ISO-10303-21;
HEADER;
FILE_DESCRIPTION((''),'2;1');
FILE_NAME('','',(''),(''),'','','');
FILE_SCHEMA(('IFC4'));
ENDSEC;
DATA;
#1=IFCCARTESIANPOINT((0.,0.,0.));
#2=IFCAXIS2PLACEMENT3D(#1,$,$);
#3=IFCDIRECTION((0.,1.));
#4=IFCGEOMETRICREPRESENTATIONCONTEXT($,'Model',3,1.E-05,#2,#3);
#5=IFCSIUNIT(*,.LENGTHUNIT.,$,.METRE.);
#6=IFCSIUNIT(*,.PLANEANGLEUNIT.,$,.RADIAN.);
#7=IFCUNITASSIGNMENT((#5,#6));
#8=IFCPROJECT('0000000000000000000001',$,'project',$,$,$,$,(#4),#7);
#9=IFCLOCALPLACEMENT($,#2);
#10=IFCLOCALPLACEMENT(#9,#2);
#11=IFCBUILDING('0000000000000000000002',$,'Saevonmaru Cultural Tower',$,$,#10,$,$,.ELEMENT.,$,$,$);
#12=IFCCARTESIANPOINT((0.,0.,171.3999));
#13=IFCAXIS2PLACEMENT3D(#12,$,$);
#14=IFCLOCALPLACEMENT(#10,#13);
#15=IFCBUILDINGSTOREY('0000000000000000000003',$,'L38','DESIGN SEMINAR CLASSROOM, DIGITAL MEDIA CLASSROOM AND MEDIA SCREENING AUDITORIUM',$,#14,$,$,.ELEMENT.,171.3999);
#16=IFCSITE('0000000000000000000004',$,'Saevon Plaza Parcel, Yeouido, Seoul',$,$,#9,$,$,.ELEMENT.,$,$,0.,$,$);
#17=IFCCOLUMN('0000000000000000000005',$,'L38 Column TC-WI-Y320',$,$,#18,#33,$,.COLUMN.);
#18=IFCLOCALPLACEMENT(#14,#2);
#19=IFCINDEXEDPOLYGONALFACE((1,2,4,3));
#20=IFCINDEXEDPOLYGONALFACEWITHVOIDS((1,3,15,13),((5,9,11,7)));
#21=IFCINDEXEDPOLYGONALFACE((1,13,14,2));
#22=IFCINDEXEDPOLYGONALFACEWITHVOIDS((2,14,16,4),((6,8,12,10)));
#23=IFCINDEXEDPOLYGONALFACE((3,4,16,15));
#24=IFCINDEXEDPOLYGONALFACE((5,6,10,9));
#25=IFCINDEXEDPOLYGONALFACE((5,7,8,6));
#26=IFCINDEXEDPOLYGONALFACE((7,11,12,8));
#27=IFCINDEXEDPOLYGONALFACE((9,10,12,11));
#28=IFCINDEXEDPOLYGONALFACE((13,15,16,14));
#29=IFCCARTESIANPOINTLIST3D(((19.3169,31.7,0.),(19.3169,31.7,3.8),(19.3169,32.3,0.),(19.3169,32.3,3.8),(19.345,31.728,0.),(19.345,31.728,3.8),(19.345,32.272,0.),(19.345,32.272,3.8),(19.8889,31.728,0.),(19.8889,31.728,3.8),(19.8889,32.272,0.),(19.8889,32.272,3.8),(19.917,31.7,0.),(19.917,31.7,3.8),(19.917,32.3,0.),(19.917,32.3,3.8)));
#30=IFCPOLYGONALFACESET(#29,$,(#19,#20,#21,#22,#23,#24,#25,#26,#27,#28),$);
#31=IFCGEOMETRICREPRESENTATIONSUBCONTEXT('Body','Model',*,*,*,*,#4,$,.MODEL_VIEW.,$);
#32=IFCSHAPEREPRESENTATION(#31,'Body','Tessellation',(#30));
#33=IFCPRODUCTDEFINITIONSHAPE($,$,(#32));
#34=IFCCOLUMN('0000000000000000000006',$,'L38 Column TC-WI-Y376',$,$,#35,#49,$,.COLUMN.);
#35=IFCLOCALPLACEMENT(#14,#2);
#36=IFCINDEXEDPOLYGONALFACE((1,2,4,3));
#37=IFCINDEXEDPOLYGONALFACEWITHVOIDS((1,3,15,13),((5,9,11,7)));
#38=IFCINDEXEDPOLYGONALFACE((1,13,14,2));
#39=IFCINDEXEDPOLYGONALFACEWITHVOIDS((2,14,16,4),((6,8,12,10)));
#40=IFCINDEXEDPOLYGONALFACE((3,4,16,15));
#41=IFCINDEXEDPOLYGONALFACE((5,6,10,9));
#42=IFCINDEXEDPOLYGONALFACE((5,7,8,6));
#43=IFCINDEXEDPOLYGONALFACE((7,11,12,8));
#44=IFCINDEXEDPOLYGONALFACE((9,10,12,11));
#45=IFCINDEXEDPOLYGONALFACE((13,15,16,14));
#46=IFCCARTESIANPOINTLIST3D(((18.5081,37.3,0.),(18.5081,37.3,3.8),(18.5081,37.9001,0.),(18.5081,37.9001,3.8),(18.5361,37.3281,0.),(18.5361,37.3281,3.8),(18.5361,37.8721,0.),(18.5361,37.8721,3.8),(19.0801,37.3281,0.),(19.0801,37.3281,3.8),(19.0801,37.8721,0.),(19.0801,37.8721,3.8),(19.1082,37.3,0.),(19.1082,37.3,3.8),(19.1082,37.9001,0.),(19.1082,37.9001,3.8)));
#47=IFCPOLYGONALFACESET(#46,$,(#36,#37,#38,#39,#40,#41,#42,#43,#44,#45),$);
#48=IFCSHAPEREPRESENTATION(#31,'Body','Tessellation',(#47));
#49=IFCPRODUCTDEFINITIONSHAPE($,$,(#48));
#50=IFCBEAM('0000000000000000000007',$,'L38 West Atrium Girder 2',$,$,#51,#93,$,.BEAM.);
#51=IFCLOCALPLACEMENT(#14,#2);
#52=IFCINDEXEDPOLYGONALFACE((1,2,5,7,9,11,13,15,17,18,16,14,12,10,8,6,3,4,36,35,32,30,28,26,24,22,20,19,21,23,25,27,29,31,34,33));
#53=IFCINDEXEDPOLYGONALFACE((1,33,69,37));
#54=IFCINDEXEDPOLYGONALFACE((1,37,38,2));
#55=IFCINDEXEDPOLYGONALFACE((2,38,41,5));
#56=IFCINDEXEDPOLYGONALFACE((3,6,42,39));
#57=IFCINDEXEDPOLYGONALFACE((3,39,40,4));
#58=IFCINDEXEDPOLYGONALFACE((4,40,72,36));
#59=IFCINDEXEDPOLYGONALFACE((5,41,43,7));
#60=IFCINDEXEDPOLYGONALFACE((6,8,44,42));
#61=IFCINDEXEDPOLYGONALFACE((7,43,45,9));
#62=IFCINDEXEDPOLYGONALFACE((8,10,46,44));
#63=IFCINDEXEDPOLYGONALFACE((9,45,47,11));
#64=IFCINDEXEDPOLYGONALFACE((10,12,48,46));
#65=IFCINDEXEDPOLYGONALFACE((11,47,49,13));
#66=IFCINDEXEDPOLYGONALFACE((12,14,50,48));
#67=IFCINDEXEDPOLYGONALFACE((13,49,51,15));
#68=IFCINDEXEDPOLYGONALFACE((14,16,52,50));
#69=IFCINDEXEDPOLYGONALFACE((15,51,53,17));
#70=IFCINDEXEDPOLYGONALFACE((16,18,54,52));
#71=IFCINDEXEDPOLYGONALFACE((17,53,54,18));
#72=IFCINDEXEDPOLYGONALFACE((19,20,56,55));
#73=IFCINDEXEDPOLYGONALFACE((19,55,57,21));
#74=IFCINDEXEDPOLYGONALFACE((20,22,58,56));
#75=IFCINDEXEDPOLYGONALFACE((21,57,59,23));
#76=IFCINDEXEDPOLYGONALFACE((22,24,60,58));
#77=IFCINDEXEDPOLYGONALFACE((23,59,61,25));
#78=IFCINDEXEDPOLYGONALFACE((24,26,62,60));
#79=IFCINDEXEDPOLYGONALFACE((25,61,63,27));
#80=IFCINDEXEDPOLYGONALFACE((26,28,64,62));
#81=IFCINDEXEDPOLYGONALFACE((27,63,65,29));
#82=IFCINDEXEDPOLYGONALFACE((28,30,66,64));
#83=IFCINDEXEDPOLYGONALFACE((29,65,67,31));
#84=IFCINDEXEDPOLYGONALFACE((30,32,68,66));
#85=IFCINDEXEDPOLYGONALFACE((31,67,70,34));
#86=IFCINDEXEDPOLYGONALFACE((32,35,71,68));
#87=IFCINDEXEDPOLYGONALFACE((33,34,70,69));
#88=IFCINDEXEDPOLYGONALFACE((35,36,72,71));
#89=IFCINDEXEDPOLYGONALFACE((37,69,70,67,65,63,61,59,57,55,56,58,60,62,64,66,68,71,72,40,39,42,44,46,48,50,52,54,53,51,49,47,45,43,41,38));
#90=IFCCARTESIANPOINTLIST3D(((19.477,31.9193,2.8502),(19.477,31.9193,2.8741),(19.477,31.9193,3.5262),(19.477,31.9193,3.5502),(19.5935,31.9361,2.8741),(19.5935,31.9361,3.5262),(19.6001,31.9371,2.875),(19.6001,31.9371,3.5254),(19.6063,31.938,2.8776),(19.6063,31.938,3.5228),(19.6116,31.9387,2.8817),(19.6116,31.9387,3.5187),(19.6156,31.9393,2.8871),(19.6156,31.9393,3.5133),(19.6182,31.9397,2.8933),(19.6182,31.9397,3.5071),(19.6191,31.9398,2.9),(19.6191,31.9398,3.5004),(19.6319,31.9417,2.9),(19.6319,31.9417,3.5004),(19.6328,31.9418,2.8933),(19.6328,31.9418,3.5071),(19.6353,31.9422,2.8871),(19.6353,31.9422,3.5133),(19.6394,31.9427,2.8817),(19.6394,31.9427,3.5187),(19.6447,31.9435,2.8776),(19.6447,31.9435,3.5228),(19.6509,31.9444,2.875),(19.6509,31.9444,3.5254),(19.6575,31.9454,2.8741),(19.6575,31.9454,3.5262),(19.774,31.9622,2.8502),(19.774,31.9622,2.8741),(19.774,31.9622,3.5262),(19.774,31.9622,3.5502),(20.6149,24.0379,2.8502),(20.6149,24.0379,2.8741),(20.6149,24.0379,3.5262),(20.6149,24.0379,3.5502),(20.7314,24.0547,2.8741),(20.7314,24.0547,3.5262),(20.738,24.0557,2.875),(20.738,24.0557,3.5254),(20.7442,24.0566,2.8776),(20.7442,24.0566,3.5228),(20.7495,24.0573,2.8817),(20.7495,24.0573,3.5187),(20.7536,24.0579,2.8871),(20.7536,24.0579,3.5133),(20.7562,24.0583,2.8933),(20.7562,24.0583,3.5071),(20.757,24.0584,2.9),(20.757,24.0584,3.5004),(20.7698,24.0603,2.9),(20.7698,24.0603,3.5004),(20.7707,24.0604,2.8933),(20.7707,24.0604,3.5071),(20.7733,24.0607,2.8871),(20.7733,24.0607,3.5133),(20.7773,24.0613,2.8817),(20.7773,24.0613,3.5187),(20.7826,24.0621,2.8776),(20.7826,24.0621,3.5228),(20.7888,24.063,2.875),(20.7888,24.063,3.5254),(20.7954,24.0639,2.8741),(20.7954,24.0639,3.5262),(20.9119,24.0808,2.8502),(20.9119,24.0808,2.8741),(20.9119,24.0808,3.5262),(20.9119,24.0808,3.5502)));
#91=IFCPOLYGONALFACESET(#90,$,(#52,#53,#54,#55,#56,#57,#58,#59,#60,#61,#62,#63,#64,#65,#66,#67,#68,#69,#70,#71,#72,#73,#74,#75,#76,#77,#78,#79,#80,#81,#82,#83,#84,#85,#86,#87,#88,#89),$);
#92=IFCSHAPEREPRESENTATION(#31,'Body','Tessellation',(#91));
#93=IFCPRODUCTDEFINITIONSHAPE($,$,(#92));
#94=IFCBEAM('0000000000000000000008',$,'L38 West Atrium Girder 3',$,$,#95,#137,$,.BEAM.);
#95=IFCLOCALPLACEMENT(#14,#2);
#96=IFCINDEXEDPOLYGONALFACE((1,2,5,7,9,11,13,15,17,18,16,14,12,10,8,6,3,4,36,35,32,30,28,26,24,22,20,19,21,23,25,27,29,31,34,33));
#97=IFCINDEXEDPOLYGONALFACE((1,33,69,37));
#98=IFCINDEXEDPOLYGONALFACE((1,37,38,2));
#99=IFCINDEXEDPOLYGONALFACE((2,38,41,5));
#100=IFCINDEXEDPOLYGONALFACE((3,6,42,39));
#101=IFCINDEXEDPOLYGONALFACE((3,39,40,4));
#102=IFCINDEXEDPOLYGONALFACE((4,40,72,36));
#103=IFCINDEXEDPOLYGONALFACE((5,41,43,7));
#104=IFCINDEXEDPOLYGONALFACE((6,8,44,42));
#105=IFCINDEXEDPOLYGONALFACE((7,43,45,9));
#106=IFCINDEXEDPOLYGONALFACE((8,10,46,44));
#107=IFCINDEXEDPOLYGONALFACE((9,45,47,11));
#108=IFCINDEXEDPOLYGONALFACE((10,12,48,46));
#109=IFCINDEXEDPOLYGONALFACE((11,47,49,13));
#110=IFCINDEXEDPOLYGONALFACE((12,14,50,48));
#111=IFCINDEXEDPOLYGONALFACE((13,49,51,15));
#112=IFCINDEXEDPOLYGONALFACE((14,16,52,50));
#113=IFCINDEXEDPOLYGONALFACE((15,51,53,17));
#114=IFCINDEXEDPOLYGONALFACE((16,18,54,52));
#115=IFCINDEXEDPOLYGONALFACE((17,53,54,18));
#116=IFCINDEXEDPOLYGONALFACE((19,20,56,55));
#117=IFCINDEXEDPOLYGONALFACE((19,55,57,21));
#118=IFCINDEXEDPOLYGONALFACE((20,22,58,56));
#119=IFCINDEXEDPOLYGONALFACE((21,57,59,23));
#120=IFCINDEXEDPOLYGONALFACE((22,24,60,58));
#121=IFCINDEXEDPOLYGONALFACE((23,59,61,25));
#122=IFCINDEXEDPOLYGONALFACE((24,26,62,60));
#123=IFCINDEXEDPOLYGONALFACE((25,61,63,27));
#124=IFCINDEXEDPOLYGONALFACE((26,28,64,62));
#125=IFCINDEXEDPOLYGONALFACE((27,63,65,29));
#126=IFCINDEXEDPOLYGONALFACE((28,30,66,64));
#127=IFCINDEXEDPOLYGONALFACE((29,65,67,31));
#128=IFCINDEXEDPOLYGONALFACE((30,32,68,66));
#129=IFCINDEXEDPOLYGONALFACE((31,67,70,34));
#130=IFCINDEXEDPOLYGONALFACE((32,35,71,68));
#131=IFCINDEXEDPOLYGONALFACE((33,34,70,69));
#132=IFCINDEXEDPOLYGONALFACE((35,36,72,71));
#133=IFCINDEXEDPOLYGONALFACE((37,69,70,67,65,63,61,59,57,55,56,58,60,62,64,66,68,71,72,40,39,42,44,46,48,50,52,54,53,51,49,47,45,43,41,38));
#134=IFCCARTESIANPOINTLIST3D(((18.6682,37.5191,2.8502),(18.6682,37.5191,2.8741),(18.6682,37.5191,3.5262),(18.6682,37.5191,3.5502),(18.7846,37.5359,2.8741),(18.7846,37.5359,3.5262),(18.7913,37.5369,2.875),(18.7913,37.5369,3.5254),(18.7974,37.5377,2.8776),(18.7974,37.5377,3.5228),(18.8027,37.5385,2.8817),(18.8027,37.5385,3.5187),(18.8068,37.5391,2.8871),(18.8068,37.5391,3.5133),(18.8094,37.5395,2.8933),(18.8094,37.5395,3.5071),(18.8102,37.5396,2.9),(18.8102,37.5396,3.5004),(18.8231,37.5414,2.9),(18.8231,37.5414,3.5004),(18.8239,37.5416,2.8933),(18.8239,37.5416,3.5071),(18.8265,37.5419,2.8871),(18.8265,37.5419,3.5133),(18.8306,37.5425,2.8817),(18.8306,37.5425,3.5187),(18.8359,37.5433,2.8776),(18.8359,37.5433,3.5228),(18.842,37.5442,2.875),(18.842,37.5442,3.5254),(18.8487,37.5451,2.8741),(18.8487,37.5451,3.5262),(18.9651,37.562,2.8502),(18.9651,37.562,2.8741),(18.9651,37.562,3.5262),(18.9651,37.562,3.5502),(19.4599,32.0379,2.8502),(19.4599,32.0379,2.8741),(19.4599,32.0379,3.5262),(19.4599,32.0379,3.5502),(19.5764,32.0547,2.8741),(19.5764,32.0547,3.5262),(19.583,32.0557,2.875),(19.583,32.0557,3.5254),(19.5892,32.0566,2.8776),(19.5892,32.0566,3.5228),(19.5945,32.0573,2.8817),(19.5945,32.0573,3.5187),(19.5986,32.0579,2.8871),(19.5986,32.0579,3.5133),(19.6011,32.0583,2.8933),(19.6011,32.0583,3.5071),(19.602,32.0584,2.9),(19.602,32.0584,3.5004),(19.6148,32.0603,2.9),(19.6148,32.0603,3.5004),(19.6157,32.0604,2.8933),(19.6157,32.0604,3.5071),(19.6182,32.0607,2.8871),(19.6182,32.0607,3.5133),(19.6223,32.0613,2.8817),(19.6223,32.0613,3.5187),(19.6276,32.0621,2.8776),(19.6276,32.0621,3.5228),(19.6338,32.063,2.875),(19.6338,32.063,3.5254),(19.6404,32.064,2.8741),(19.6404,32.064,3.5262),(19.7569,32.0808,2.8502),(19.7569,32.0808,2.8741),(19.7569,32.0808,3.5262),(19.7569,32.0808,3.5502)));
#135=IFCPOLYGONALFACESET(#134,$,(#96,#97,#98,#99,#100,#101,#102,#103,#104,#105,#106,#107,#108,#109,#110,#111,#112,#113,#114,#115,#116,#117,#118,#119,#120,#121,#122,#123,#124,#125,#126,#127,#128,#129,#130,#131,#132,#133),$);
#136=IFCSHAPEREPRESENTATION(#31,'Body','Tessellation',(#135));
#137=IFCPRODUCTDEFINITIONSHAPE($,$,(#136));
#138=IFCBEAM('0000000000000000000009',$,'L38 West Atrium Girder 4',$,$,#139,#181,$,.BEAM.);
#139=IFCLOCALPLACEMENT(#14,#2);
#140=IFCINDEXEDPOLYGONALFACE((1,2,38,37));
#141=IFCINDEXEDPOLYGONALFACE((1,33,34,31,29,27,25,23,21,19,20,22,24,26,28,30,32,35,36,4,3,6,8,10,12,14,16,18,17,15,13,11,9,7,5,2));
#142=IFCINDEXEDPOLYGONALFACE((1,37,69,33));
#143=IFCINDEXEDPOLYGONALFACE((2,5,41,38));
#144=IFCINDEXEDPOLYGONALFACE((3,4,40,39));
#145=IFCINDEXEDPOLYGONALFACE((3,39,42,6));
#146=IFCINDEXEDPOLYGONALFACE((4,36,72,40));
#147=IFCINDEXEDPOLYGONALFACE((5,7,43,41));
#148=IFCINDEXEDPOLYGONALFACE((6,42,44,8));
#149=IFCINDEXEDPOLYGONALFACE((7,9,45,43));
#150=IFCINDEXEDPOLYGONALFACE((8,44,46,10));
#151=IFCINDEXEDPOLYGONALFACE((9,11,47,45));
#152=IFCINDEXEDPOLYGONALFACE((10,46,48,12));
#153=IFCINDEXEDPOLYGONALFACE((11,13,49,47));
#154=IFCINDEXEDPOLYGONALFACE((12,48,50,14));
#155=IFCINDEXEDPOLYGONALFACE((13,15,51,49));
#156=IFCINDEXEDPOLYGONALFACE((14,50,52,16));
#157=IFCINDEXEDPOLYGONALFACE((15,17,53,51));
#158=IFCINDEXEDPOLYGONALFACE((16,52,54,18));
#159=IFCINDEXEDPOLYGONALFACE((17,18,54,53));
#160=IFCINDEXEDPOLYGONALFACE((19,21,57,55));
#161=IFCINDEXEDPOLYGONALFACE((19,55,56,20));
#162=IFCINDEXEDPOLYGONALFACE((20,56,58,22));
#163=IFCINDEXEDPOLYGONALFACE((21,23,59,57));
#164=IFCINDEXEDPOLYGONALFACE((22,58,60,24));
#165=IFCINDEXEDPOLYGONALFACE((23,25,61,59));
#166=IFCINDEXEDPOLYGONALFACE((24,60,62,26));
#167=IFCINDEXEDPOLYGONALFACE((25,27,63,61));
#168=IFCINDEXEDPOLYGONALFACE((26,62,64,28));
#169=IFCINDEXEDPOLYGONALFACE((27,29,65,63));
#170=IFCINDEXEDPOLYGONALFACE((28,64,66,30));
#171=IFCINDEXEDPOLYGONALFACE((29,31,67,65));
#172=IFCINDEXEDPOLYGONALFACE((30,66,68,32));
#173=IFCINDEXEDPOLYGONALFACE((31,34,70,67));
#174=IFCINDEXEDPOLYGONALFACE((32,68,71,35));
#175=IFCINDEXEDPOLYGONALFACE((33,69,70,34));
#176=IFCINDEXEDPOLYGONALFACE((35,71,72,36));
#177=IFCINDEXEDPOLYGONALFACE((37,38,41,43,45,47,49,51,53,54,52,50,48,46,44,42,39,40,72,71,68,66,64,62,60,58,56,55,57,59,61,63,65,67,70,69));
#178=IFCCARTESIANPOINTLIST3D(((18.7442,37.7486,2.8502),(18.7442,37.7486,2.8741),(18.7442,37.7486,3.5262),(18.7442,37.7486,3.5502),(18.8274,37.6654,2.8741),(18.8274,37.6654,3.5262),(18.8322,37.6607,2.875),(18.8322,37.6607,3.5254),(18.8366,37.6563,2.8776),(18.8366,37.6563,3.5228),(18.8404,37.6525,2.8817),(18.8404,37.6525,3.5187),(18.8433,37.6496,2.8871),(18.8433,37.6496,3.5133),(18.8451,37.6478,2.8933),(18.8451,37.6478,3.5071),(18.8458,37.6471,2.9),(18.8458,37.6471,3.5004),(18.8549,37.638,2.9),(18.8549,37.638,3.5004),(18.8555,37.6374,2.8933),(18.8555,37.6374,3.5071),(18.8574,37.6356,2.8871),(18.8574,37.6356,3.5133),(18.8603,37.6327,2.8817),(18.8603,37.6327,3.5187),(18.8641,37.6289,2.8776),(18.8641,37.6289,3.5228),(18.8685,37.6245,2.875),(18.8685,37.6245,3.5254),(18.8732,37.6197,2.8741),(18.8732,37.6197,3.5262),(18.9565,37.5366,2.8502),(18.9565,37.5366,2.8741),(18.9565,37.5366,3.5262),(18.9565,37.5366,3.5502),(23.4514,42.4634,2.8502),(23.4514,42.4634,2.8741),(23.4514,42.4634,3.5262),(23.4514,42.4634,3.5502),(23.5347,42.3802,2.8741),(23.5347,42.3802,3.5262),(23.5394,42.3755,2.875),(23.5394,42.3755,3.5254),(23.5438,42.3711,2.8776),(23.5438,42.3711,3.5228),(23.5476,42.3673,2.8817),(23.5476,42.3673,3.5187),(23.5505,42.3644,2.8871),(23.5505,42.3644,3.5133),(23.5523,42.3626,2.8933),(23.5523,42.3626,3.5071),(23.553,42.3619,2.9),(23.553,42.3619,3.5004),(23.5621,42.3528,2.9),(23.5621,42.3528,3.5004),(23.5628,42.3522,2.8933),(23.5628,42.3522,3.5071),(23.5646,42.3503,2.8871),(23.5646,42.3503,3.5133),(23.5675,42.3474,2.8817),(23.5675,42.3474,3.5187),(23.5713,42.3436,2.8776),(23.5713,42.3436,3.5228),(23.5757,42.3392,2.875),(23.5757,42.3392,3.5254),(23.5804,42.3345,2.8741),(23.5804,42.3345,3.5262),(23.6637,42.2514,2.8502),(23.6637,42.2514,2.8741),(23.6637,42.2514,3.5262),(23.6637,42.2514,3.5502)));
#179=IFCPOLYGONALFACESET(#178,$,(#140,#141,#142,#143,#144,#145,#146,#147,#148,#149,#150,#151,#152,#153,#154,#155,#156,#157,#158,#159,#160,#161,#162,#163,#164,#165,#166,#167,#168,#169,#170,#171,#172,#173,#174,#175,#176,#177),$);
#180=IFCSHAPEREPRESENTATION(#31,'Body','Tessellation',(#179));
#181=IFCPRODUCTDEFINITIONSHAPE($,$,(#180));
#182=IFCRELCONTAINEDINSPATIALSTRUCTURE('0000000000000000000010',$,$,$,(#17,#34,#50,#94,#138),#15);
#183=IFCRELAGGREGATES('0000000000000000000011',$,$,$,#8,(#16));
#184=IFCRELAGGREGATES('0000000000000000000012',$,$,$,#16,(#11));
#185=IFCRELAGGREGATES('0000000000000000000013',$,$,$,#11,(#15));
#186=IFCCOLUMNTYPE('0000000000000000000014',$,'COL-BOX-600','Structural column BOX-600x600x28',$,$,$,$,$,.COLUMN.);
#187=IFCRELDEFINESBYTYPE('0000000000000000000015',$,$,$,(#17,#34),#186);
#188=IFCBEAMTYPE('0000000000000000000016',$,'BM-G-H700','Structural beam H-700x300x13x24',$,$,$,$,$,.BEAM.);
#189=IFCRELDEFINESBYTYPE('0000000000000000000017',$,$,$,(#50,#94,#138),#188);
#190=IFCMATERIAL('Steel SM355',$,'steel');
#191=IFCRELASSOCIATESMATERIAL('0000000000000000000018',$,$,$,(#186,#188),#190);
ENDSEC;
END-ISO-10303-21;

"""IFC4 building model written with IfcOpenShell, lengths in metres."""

from ifc_helpers import new_model, si_unit, direction, frame, origin, origin_2d, place, context, subcontext, project, spatial, hollow_rectangle, i_section, extrude, material, material_profile, profile_set, type_object, element, save


model = new_model("IFC4")

# Units and contexts
model_context = context("Model", 3, precision=1e-05, world=origin(), true_north=direction((0.0, 1.0)))
body_context = subcontext(model_context, "Body", "Model", "MODEL_VIEW")
ifc_project = project(units=[si_unit("LENGTHUNIT", "METRE"), si_unit("PLANEANGLEUNIT", "RADIAN")], contexts=[model_context])

# Site, building, storey
site_placement = place(None, origin())
site = spatial("IfcSite", under=ifc_project, at=site_placement, Name="Saevon Plaza Parcel, Yeouido, Seoul", CompositionType="ELEMENT", RefElevation=0.0)
building_placement = place(site_placement, origin())
building = spatial("IfcBuilding", under=site, at=building_placement, Name="Saevonmaru Cultural Tower", CompositionType="ELEMENT")
storey_placement = place(building_placement, frame((0.0, 0.0, 171.3999)))
storey = spatial("IfcBuildingStorey", under=building, at=storey_placement, Name="L38", Description="DESIGN SEMINAR CLASSROOM, DIGITAL MEDIA CLASSROOM AND MEDIA SCREENING AUDITORIUM", CompositionType="ELEMENT", Elevation=171.3999)

# Columns
ifc_material_1 = material(Name="Steel SM355", Category="steel")
ifc_material_profile_1 = material_profile(ifc_material_1, hollow_rectangle(XDim=0.6001, YDim=0.6001, WallThickness=0.0281, at=origin_2d()), Name="BOX-600x600x28")
ifc_profile_set_1 = profile_set([ifc_material_profile_1], Name="Steel SM355")
column_type = type_object("IfcColumnType", Name="COL-BOX-600", Description="Structural column BOX-600x600x28", PredefinedType="COLUMN", material=ifc_profile_set_1)
for number, where, z_axis, x_axis, name in (
    (1, (19.6169, 32.0, 0.0), (0.0, 0.0, 1.0), (1.0, 0.0, 0.0), "L38 Column TC-WI-Y320"),
    (2, (18.8081, 37.6001, 0.0), (0.0, 0.0, 1.0), (1.0, 0.0, 0.0), "L38 Column TC-WI-Y376"),
):
    element("IfcColumn", number, at=place(storey_placement, frame(where, z_axis=z_axis, x_axis=x_axis)), inside=storey, type_object=column_type, Name=name, PredefinedType="COLUMN", context=body_context, shape_type="SweptSolid", body=[
        extrude(hollow_rectangle(XDim=0.6001, YDim=0.6001, WallThickness=0.0281, at=origin_2d()), origin(), (0.0, 0.0, 1.0), 3.8),
    ])

# Beams
ifc_material_profile_2 = material_profile(ifc_material_1, i_section(OverallWidth=0.3, OverallDepth=0.7, WebThickness=0.0129, FlangeThickness=0.0239, FilletRadius=0.0259, at=origin_2d()), Name="H-700x300x13x24")
ifc_profile_set_2 = profile_set([ifc_material_profile_2], Name="Steel SM355")
beam_type = type_object("IfcBeamType", Name="BM-G-H700", Description="Structural beam H-700x300x13x24", PredefinedType="BEAM", material=ifc_profile_set_2)
beam_1_placement = place(storey_placement, frame((20.7634, 24.0593, 3.2002), z_axis=(-0.142902, 0.989737, 0.0), x_axis=(-0.989737, -0.142902, 0.0)))
element("IfcBeam", 3, at=beam_1_placement, inside=storey, type_object=beam_type, Name="L38 West Atrium Girder 2", PredefinedType="BEAM", context=body_context, shape_type="SweptSolid", body=[
    extrude(i_section(OverallWidth=0.3, OverallDepth=0.7, WebThickness=0.0129, FlangeThickness=0.0239, FilletRadius=0.0259, at=origin_2d()), origin(), (0.0, 0.0, 1.0), 7.9631),
])
beam_2_placement = place(storey_placement, frame((19.6084, 32.0593, 3.2002), z_axis=(-0.142964, 0.989728, 0.0), x_axis=(-0.989728, -0.142964, 0.0)))
element("IfcBeam", 4, at=beam_2_placement, inside=storey, type_object=beam_type, Name="L38 West Atrium Girder 3", PredefinedType="BEAM", context=body_context, shape_type="SweptSolid", body=[
    extrude(i_section(OverallWidth=0.3, OverallDepth=0.7, WebThickness=0.0129, FlangeThickness=0.0239, FilletRadius=0.0259, at=origin_2d()), origin(), (0.0, 0.0, 1.0), 5.5381),
])
beam_3_placement = place(storey_placement, frame((18.8503, 37.6426, 3.2002), z_axis=(0.706539, 0.707675, 0.0), x_axis=(-0.707675, 0.706539, 0.0)))
element("IfcBeam", 5, at=beam_3_placement, inside=storey, type_object=beam_type, Name="L38 West Atrium Girder 4", PredefinedType="BEAM", context=body_context, shape_type="SweptSolid", body=[
    extrude(i_section(OverallWidth=0.3, OverallDepth=0.7, WebThickness=0.0129, FlangeThickness=0.0239, FilletRadius=0.0259, at=origin_2d()), origin(), (0.0, 0.0, 1.0), 6.6624),
])

save(model, "model.ifc")
